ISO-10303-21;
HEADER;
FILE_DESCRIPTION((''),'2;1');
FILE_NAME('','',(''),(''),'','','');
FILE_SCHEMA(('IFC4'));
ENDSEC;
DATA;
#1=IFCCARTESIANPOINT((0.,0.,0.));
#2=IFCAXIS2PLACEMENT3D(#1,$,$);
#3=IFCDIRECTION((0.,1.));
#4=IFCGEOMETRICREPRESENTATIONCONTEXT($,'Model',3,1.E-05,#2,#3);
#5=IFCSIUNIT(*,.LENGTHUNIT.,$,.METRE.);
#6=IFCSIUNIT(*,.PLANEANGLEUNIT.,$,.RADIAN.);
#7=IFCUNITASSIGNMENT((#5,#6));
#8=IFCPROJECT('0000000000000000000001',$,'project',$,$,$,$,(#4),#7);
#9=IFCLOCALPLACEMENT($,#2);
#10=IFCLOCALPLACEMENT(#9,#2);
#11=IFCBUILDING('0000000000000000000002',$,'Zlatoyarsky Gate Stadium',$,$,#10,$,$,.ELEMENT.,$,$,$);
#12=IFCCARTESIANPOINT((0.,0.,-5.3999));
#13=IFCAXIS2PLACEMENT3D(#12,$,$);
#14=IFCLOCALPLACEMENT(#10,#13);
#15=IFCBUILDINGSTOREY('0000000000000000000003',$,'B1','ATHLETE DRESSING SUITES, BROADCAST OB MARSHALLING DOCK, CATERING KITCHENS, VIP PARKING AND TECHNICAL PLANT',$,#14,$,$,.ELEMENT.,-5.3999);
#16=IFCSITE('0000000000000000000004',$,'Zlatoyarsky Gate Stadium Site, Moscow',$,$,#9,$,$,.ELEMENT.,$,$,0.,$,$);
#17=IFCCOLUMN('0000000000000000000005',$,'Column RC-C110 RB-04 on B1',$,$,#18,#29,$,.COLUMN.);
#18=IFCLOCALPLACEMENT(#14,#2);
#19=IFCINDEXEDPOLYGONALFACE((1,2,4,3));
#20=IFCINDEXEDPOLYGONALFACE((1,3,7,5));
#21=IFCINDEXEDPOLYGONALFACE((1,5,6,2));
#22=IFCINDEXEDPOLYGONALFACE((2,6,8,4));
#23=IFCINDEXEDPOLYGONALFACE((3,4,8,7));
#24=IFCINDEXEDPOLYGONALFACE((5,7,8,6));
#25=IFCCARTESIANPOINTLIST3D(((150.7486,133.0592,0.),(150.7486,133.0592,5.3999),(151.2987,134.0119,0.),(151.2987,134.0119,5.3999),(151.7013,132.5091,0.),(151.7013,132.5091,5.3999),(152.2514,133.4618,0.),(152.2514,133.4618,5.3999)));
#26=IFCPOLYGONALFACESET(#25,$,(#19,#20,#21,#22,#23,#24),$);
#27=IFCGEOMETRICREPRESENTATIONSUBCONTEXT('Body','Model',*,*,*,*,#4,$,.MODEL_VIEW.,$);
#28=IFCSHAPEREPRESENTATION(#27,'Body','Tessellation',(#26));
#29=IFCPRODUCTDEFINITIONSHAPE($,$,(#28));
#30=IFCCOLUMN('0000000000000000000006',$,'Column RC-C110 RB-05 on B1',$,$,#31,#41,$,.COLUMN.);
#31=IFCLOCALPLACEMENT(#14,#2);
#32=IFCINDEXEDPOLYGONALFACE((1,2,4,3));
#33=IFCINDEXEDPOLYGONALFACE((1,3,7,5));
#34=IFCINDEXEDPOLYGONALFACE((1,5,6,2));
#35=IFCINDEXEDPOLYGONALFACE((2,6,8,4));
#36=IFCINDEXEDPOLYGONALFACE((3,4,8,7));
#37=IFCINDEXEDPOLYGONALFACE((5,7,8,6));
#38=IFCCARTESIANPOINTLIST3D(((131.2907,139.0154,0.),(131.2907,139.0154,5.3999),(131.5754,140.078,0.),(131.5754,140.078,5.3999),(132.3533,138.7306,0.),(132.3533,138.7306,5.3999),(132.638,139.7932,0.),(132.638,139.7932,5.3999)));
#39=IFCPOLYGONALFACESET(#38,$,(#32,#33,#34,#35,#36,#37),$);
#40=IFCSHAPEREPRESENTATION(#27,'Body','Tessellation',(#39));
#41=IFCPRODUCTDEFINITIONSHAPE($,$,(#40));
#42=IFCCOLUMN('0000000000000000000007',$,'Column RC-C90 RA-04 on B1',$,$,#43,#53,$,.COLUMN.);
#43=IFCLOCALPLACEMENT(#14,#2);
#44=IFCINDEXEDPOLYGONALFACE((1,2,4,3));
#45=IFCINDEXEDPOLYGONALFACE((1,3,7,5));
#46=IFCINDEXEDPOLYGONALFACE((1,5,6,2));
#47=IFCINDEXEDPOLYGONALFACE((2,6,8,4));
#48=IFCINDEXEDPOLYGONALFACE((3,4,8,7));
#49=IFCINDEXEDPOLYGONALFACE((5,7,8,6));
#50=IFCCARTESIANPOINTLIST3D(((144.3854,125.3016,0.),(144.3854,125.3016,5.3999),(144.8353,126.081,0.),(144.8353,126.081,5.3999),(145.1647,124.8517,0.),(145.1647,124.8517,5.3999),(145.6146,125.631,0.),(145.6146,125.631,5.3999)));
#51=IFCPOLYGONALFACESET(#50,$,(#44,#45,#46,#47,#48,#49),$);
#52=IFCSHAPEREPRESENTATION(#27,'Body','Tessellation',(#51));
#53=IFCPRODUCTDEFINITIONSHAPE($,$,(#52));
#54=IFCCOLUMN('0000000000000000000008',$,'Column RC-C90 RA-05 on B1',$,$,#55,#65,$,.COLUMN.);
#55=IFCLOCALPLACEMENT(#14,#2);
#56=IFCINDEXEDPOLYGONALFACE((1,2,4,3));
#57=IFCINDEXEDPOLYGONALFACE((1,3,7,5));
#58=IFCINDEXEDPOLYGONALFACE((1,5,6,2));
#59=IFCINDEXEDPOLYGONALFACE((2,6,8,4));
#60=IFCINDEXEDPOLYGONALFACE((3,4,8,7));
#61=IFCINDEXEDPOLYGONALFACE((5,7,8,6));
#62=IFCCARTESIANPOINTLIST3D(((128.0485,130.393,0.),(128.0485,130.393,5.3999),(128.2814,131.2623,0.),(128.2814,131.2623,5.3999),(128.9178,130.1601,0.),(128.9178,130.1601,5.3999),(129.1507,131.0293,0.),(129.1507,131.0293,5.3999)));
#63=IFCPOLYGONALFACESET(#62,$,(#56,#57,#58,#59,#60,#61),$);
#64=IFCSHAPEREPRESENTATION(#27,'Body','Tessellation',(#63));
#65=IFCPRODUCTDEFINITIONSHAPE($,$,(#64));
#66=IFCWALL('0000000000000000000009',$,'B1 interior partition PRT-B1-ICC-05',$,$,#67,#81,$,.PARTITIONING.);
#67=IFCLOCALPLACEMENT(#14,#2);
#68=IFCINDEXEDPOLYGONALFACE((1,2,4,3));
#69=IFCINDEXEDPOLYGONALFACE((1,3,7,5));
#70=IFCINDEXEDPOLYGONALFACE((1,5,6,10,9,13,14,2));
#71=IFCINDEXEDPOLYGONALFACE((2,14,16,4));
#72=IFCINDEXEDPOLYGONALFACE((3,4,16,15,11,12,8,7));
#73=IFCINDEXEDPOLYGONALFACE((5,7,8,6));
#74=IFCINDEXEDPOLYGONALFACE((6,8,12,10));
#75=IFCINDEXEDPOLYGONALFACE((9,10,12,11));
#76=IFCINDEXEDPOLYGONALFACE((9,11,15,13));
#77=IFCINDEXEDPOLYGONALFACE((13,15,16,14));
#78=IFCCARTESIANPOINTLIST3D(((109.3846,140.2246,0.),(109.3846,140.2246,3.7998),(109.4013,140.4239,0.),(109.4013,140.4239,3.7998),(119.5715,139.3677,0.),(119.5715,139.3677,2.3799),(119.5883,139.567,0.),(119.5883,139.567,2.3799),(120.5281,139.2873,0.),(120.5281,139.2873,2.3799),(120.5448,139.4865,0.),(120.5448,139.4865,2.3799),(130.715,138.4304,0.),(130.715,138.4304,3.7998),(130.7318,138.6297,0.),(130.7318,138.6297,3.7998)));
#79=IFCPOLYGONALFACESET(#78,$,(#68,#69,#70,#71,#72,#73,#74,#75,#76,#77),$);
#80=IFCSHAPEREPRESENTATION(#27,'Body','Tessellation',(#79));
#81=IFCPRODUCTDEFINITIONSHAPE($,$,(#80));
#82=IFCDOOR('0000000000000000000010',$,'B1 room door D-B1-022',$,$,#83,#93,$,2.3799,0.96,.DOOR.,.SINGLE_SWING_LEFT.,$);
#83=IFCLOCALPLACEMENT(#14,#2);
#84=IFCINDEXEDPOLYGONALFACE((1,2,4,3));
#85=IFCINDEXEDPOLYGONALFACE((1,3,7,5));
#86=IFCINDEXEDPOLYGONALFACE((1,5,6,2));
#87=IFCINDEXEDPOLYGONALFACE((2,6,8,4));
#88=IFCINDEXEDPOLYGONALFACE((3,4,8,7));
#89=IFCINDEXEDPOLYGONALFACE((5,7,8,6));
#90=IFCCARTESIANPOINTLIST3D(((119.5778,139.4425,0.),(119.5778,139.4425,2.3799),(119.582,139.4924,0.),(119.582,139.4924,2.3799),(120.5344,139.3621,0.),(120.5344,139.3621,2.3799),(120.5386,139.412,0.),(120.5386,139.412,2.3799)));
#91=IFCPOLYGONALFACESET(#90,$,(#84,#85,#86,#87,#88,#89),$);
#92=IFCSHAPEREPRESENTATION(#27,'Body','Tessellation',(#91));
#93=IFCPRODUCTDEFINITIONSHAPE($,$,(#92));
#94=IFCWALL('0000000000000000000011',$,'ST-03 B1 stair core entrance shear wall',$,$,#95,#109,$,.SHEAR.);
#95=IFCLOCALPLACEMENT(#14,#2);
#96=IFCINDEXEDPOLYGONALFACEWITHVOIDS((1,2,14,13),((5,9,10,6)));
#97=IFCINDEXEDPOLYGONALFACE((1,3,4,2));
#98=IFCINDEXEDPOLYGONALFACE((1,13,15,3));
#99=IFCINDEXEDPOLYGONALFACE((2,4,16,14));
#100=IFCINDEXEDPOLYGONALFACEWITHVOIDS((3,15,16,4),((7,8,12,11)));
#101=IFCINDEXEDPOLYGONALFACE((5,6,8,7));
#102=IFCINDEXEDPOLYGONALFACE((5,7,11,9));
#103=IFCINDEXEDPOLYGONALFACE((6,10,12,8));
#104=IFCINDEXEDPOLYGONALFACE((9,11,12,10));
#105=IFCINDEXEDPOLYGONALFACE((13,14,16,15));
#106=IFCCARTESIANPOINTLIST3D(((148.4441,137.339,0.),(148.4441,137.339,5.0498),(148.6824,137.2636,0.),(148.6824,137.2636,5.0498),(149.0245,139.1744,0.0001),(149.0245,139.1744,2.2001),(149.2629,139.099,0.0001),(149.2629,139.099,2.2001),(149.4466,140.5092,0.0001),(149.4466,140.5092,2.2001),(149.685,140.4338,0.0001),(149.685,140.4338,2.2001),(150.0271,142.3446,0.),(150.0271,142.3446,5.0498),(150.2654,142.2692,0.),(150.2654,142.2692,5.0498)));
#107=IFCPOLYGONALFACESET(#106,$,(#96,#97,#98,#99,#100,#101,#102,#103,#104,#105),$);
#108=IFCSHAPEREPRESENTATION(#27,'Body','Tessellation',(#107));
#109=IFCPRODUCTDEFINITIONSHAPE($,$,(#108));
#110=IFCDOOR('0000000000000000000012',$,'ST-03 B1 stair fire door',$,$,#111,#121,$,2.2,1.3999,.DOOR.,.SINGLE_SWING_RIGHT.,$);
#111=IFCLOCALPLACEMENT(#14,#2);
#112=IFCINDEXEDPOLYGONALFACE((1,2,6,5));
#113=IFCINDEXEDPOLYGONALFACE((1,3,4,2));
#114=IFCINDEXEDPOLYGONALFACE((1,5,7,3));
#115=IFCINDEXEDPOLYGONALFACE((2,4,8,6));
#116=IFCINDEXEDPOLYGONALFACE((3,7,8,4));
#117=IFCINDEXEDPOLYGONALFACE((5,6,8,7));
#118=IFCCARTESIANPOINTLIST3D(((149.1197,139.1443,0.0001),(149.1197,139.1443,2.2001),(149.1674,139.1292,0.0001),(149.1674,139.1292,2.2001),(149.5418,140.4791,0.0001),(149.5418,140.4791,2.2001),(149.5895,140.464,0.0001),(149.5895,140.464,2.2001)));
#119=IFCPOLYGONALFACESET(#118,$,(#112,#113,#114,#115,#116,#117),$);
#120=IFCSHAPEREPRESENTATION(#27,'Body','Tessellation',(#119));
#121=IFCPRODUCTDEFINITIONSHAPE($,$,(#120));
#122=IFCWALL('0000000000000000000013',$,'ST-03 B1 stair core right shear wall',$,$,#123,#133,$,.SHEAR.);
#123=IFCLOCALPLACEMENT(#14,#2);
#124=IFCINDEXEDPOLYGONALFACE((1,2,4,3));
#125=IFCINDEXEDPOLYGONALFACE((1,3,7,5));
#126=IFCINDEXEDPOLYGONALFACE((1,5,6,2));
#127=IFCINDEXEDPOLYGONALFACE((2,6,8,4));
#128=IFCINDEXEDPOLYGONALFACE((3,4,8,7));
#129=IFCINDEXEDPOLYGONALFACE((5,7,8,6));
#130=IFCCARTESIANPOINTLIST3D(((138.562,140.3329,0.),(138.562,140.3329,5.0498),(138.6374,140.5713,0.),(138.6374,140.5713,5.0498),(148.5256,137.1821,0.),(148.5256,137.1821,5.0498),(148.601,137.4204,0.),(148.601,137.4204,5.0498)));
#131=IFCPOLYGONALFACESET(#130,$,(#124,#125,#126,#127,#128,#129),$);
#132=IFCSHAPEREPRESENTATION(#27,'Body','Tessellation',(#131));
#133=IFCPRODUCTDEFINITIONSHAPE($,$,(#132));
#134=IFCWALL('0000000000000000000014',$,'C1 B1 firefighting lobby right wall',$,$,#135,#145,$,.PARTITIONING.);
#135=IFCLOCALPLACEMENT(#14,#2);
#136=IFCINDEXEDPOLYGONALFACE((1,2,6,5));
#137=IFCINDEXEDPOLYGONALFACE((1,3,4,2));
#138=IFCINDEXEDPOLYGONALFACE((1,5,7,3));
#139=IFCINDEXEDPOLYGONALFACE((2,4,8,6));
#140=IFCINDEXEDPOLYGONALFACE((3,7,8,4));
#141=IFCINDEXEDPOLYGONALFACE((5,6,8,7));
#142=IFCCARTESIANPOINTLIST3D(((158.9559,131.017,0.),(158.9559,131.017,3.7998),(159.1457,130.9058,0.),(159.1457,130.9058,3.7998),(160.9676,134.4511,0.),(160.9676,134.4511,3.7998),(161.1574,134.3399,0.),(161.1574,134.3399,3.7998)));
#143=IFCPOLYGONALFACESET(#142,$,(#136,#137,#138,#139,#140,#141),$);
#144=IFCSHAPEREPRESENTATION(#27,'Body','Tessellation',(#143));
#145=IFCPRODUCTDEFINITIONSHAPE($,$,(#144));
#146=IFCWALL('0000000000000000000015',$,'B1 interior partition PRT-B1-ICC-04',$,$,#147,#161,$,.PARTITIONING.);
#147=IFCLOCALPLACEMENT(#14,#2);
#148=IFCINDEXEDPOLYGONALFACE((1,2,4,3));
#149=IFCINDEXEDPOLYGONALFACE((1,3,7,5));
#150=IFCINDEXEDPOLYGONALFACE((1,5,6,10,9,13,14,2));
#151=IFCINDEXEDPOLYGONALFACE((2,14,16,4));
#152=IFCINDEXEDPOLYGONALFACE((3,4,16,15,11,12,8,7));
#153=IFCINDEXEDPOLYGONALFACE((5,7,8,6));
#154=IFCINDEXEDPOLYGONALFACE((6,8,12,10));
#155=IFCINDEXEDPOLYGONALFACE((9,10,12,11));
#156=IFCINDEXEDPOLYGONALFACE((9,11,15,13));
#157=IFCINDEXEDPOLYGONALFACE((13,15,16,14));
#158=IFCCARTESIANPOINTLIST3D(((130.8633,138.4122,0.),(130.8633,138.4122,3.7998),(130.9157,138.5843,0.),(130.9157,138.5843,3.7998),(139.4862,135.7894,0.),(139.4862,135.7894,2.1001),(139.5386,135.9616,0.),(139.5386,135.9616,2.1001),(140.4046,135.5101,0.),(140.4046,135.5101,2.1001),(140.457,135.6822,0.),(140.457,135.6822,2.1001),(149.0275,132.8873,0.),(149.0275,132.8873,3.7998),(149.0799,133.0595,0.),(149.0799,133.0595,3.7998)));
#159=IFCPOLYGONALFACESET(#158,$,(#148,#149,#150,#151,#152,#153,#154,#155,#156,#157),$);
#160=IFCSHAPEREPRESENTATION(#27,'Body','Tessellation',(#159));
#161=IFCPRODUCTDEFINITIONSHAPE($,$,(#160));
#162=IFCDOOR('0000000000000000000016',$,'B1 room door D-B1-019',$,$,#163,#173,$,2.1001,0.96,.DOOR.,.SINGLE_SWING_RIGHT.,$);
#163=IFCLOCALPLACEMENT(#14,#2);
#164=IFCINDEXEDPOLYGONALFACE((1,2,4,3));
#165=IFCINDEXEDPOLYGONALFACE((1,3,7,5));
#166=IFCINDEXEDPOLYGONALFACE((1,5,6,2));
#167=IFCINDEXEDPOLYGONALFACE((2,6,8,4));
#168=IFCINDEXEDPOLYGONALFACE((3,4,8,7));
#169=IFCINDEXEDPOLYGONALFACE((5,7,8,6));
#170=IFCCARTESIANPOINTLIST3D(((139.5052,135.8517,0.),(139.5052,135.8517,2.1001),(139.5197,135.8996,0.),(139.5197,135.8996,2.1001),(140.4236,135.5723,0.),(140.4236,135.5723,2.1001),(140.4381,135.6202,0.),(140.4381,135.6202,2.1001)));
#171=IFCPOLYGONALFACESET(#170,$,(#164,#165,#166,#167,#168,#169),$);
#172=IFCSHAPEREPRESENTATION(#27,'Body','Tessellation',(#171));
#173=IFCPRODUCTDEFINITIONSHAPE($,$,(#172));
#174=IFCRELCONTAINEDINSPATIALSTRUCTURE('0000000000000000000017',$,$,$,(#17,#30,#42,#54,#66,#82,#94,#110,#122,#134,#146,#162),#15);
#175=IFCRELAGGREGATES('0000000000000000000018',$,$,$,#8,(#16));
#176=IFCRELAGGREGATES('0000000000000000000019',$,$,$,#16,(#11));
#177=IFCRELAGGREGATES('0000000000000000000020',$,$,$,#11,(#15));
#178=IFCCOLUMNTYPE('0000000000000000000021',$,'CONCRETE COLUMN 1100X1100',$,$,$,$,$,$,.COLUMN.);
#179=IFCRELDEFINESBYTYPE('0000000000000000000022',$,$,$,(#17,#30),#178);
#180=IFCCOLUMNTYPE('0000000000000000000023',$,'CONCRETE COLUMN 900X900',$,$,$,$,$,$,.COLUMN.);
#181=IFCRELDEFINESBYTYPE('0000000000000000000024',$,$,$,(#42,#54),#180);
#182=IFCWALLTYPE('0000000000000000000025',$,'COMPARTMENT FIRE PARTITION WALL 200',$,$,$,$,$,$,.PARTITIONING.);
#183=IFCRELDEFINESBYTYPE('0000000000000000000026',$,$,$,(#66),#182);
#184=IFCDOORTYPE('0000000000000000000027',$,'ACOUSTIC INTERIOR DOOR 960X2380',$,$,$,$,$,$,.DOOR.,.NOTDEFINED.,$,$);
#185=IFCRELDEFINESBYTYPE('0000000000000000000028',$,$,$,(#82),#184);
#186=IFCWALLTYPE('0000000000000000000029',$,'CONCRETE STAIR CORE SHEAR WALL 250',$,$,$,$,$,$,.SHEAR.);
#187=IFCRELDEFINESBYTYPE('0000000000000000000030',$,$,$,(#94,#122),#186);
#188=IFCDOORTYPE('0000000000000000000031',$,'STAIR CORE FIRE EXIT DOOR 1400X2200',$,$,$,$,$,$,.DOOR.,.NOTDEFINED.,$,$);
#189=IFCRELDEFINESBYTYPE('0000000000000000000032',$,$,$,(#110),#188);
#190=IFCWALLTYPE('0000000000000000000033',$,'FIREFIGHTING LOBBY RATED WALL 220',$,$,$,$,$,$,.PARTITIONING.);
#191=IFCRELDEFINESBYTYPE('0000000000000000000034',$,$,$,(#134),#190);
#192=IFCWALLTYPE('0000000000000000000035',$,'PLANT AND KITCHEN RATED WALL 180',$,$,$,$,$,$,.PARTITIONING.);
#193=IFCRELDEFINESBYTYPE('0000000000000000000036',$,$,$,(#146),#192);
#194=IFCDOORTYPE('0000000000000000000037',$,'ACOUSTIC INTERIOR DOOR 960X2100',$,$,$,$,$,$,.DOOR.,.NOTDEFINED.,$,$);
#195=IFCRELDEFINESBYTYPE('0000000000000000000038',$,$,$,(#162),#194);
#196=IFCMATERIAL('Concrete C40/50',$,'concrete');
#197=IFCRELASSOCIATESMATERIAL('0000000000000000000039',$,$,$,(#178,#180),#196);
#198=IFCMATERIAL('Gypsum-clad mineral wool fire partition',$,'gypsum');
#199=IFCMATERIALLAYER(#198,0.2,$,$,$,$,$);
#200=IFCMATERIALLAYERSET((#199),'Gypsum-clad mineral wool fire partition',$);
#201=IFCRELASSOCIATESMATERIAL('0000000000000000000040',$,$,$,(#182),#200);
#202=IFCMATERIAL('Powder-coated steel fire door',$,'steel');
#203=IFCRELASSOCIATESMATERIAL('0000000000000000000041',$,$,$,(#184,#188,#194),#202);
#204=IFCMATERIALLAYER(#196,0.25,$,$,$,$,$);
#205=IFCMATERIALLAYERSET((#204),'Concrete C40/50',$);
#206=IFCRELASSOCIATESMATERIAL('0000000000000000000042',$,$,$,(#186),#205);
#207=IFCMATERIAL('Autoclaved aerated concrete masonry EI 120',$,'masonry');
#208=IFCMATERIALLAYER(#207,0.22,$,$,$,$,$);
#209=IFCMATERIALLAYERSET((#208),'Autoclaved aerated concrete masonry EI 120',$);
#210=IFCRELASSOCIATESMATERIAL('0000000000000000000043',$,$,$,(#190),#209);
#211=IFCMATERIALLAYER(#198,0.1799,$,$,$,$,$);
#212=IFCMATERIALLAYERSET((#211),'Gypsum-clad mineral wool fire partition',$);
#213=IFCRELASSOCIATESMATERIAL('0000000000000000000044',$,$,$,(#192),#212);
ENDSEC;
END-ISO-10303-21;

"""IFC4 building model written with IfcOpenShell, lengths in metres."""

from ifc_helpers import new_model, si_unit, direction, frame, frame_2d, origin, origin_2d, place, context, subcontext, project, spatial, rectangle, extrude, material, layer, layer_set, material_profile, profile_set, type_object, element, fill, save


model = new_model("IFC4")

# Units and contexts
model_context = context("Model", 3, precision=1e-05, world=origin(), true_north=direction((0.0, 1.0)))
body_context = subcontext(model_context, "Body", "Model", "MODEL_VIEW")
ifc_project = project(units=[si_unit("LENGTHUNIT", "METRE"), si_unit("PLANEANGLEUNIT", "RADIAN")], contexts=[model_context])

# Site, building, storey
site_placement = place(None, origin())
site = spatial("IfcSite", under=ifc_project, at=site_placement, Name="Zlatoyarsky Gate Stadium Site, Moscow", CompositionType="ELEMENT", RefElevation=0.0)
building_placement = place(site_placement, origin())
building = spatial("IfcBuilding", under=site, at=building_placement, Name="Zlatoyarsky Gate Stadium", CompositionType="ELEMENT")
storey_placement = place(building_placement, frame((0.0, 0.0, -5.3999)))
storey = spatial("IfcBuildingStorey", under=building, at=storey_placement, Name="B1", Description="ATHLETE DRESSING SUITES, BROADCAST OB MARSHALLING DOCK, CATERING KITCHENS, VIP PARKING AND TECHNICAL PLANT", CompositionType="ELEMENT", Elevation=-5.3999)

# Columns
ifc_material_1 = material(Name="Concrete C40/50", Category="concrete")
ifc_material_profile_1 = material_profile(ifc_material_1, rectangle(XDim=1.1001, YDim=1.1001, at=origin_2d()), Name="RC COL 1100X1100")
ifc_profile_set_1 = profile_set([ifc_material_profile_1], Name="Concrete C40/50")
column_type_1 = type_object("IfcColumnType", Name="CONCRETE COLUMN 1100X1100", PredefinedType="COLUMN", material=ifc_profile_set_1)
for number, where, z_axis, x_axis, name in (
    (1, (151.5, 133.2605, 0.0), (0.0, 0.0, 1.0), (0.5, 0.866025, 0.0), "Column RC-C110 RB-04 on B1"),
    (2, (131.9644, 139.4043, 0.0), (0.0, 0.0, 1.0), (0.258819, 0.965926, 0.0), "Column RC-C110 RB-05 on B1"),
):
    element("IfcColumn", number, at=place(storey_placement, frame(where, z_axis=z_axis, x_axis=x_axis)), inside=storey, type_object=column_type_1, Name=name, PredefinedType="COLUMN", context=body_context, shape_type="SweptSolid", body=[
        extrude(rectangle(XDim=1.1001, YDim=1.1001, at=origin_2d()), origin(), (0.0, 0.0, 1.0), 5.3999),
    ])
ifc_material_profile_2 = material_profile(ifc_material_1, rectangle(XDim=0.8999, YDim=0.8999, at=origin_2d()), Name="RC COL 900X900")
ifc_profile_set_2 = profile_set([ifc_material_profile_2], Name="Concrete C40/50")
column_type_2 = type_object("IfcColumnType", Name="CONCRETE COLUMN 900X900", PredefinedType="COLUMN", material=ifc_profile_set_2)
for number, where, z_axis, x_axis, name in (
    (3, (145.0, 125.4663, 0.0), (0.0, 0.0, 1.0), (0.5, 0.866025, 0.0), "Column RC-C90 RA-04 on B1"),
    (4, (128.5996, 130.7112, 0.0), (0.0, 0.0, 1.0), (0.258819, 0.965926, 0.0), "Column RC-C90 RA-05 on B1"),
):
    element("IfcColumn", number, at=place(storey_placement, frame(where, z_axis=z_axis, x_axis=x_axis)), inside=storey, type_object=column_type_2, Name=name, PredefinedType="COLUMN", context=body_context, shape_type="SweptSolid", body=[
        extrude(rectangle(XDim=0.8999, YDim=0.8999, at=origin_2d()), origin(), (0.0, 0.0, 1.0), 5.3999),
    ])

# Walls, openings, doors
ifc_material_2 = material(Name="Gypsum-clad mineral wool fire partition", Category="gypsum")
ifc_layer_1 = layer(ifc_material_2, 0.2)
ifc_layer_set_1 = layer_set([ifc_layer_1], Name="Gypsum-clad mineral wool fire partition")
wall_type_1 = type_object("IfcWallType", Name="COMPARTMENT FIRE PARTITION WALL 200", PredefinedType="PARTITIONING", material=ifc_layer_set_1)
wall_1_placement = place(storey_placement, frame((130.7234, 138.53, 0.0), z_axis=(0.0, 0.0, 1.0), x_axis=(-0.996481, 0.083819, 0.0)))
wall_1 = element("IfcWall", 5, at=wall_1_placement, inside=storey, type_object=wall_type_1, Name="B1 interior partition PRT-B1-ICC-05", PredefinedType="PARTITIONING", context=body_context, shape_type="SweptSolid", body=[
    extrude(rectangle(XDim=21.4058, YDim=0.2, at=frame_2d((10.7029, 0.0))), origin(), (0.0, 0.0, 1.0), 3.7998),
])
opening_1_placement = place(wall_1_placement, frame((10.2229, 0.0, 0.0)))
opening_1 = element("IfcOpeningElement", 6, at=opening_1_placement, cuts=wall_1, PredefinedType="OPENING", context=body_context, shape_type="SweptSolid", body=[
    extrude(rectangle(XDim=0.96, YDim=2.3799, at=frame_2d((0.48, 1.1899))), frame((0.0, 0.1099, 0.0), z_axis=(0.0, -1.0, 0.0), x_axis=(1.0, 0.0, 0.0)), (0.0, 0.0, 1.0), 0.22),
])
ifc_material_3 = material(Name="Powder-coated steel fire door", Category="steel")
door_type_1 = type_object("IfcDoorType", Name="ACOUSTIC INTERIOR DOOR 960X2380", OperationType="NOTDEFINED", PredefinedType="DOOR", material=ifc_material_3)
door_1_placement = place(opening_1_placement, origin())
door_1 = element("IfcDoor", 7, at=door_1_placement, inside=storey, type_object=door_type_1, Name="B1 room door D-B1-022", OperationType="SINGLE_SWING_LEFT", OverallHeight=2.3799, OverallWidth=0.96, PredefinedType="DOOR", context=body_context, shape_type="SweptSolid", body=[
    extrude(rectangle(XDim=0.96, YDim=2.3799, at=frame_2d((0.48, 1.1899))), frame((0.0, 0.0249, 0.0), z_axis=(0.0, -1.0, 0.0), x_axis=(1.0, 0.0, 0.0)), (0.0, 0.0, 1.0), 0.05),
])
fill(opening_1, door_1)
ifc_layer_2 = layer(ifc_material_1, 0.25)
ifc_layer_set_2 = layer_set([ifc_layer_2], Name="Concrete C40/50")
wall_type_2 = type_object("IfcWallType", Name="CONCRETE STAIR CORE SHEAR WALL 250", PredefinedType="SHEAR", material=ifc_layer_set_2)
wall_2_placement = place(storey_placement, frame((148.5632, 137.3013, 0.0), z_axis=(0.0, 0.0, 1.0), x_axis=(0.301527, 0.953457, 0.0)))
wall_2 = element("IfcWall", 8, at=wall_2_placement, inside=storey, type_object=wall_type_2, Name="ST-03 B1 stair core entrance shear wall", PredefinedType="SHEAR", context=body_context, shape_type="SweptSolid", body=[
    extrude(rectangle(XDim=5.25, YDim=0.25, at=frame_2d((2.625, 0.0))), origin(), (0.0, 0.0, 1.0), 5.0498),
])
opening_2_placement = place(wall_2_placement, frame((1.925, 0.0, 0.0)))
opening_2 = element("IfcOpeningElement", 9, at=opening_2_placement, cuts=wall_2, PredefinedType="OPENING", context=body_context, shape_type="SweptSolid", body=[
    extrude(rectangle(XDim=1.3999, YDim=2.2, at=frame_2d((0.7, 1.1001))), frame((0.0, 0.135, 0.0), z_axis=(0.0, -1.0, 0.0), x_axis=(1.0, 0.0, 0.0)), (0.0, 0.0, 1.0), 0.27),
])
door_type_2 = type_object("IfcDoorType", Name="STAIR CORE FIRE EXIT DOOR 1400X2200", OperationType="NOTDEFINED", PredefinedType="DOOR", material=ifc_material_3)
door_2_placement = place(opening_2_placement, frame((1.3999, 0.0, 0.0), z_axis=(0.0, 0.0, 1.0), x_axis=(-1.0, 0.0, 0.0)))
door_2 = element("IfcDoor", 10, at=door_2_placement, inside=storey, type_object=door_type_2, Name="ST-03 B1 stair fire door", OperationType="SINGLE_SWING_RIGHT", OverallHeight=2.2, OverallWidth=1.3999, PredefinedType="DOOR", context=body_context, shape_type="SweptSolid", body=[
    extrude(rectangle(XDim=1.3999, YDim=2.2, at=frame_2d((0.7, 1.1001))), frame((0.0, 0.0249, 0.0), z_axis=(0.0, -1.0, 0.0), x_axis=(1.0, 0.0, 0.0)), (0.0, 0.0, 1.0), 0.05),
])
fill(opening_2, door_2)

# Walls
wall_3_placement = place(storey_placement, frame((138.5996, 140.4521, 0.0), z_axis=(0.0, 0.0, 1.0), x_axis=(0.95346, -0.30152, 0.0)))
element("IfcWall", 11, at=wall_3_placement, inside=storey, type_object=wall_type_2, Name="ST-03 B1 stair core right shear wall", PredefinedType="SHEAR", context=body_context, shape_type="SweptSolid", body=[
    extrude(rectangle(XDim=10.45, YDim=0.25, at=frame_2d((5.2251, 0.0))), origin(), (0.0, 0.0, 1.0), 5.0498),
])
ifc_material_4 = material(Name="Autoclaved aerated concrete masonry EI 120", Category="masonry")
ifc_layer_3 = layer(ifc_material_4, 0.22)
ifc_layer_set_3 = layer_set([ifc_layer_3], Name="Autoclaved aerated concrete masonry EI 120")
wall_type_3 = type_object("IfcWallType", Name="FIREFIGHTING LOBBY RATED WALL 220", PredefinedType="PARTITIONING", material=ifc_layer_set_3)
wall_4_placement = place(storey_placement, frame((161.0625, 134.3955, 0.0), z_axis=(0.0, 0.0, 1.0), x_axis=(-0.505464, -0.862847, 0.0)))
element("IfcWall", 12, at=wall_4_placement, inside=storey, type_object=wall_type_3, Name="C1 B1 firefighting lobby right wall", PredefinedType="PARTITIONING", context=body_context, shape_type="SweptSolid", body=[
    extrude(rectangle(XDim=3.98, YDim=0.22, at=frame_2d((1.99, 0.0))), origin(), (0.0, 0.0, 1.0), 3.7998),
])

# Wall, opening, door
ifc_layer_4 = layer(ifc_material_2, 0.1799)
ifc_layer_set_4 = layer_set([ifc_layer_4], Name="Gypsum-clad mineral wool fire partition")
wall_type_4 = type_object("IfcWallType", Name="PLANT AND KITCHEN RATED WALL 180", PredefinedType="PARTITIONING", material=ifc_layer_set_4)
wall_5_placement = place(storey_placement, frame((149.0537, 132.9734, 0.0), z_axis=(0.0, 0.0, 1.0), x_axis=(-0.956723, 0.290999, 0.0)))
wall_5 = element("IfcWall", 13, at=wall_5_placement, inside=storey, type_object=wall_type_4, Name="B1 interior partition PRT-B1-ICC-04", PredefinedType="PARTITIONING", context=body_context, shape_type="SweptSolid", body=[
    extrude(rectangle(XDim=18.9858, YDim=0.1799, at=frame_2d((9.4929, 0.0))), origin(), (0.0, 0.0, 1.0), 3.7998),
])
opening_3_placement = place(wall_5_placement, frame((9.0129, 0.0, 0.0)))
opening_3 = element("IfcOpeningElement", 14, at=opening_3_placement, cuts=wall_5, PredefinedType="OPENING", context=body_context, shape_type="SweptSolid", body=[
    extrude(rectangle(XDim=0.96, YDim=2.1001, at=frame_2d((0.48, 1.05))), frame((0.0, 0.0999, 0.0), z_axis=(0.0, -1.0, 0.0), x_axis=(1.0, 0.0, 0.0)), (0.0, 0.0, 1.0), 0.2),
])
door_type_3 = type_object("IfcDoorType", Name="ACOUSTIC INTERIOR DOOR 960X2100", OperationType="NOTDEFINED", PredefinedType="DOOR", material=ifc_material_3)
door_3_placement = place(opening_3_placement, origin())
door_3 = element("IfcDoor", 15, at=door_3_placement, inside=storey, type_object=door_type_3, Name="B1 room door D-B1-019", OperationType="SINGLE_SWING_RIGHT", OverallHeight=2.1001, OverallWidth=0.96, PredefinedType="DOOR", context=body_context, shape_type="SweptSolid", body=[
    extrude(rectangle(XDim=0.96, YDim=2.1001, at=frame_2d((0.48, 1.05))), frame((0.0, 0.0249, 0.0), z_axis=(0.0, -1.0, 0.0), x_axis=(1.0, 0.0, 0.0)), (0.0, 0.0, 1.0), 0.05),
])
fill(opening_3, door_3)

save(model, "model.ifc")
